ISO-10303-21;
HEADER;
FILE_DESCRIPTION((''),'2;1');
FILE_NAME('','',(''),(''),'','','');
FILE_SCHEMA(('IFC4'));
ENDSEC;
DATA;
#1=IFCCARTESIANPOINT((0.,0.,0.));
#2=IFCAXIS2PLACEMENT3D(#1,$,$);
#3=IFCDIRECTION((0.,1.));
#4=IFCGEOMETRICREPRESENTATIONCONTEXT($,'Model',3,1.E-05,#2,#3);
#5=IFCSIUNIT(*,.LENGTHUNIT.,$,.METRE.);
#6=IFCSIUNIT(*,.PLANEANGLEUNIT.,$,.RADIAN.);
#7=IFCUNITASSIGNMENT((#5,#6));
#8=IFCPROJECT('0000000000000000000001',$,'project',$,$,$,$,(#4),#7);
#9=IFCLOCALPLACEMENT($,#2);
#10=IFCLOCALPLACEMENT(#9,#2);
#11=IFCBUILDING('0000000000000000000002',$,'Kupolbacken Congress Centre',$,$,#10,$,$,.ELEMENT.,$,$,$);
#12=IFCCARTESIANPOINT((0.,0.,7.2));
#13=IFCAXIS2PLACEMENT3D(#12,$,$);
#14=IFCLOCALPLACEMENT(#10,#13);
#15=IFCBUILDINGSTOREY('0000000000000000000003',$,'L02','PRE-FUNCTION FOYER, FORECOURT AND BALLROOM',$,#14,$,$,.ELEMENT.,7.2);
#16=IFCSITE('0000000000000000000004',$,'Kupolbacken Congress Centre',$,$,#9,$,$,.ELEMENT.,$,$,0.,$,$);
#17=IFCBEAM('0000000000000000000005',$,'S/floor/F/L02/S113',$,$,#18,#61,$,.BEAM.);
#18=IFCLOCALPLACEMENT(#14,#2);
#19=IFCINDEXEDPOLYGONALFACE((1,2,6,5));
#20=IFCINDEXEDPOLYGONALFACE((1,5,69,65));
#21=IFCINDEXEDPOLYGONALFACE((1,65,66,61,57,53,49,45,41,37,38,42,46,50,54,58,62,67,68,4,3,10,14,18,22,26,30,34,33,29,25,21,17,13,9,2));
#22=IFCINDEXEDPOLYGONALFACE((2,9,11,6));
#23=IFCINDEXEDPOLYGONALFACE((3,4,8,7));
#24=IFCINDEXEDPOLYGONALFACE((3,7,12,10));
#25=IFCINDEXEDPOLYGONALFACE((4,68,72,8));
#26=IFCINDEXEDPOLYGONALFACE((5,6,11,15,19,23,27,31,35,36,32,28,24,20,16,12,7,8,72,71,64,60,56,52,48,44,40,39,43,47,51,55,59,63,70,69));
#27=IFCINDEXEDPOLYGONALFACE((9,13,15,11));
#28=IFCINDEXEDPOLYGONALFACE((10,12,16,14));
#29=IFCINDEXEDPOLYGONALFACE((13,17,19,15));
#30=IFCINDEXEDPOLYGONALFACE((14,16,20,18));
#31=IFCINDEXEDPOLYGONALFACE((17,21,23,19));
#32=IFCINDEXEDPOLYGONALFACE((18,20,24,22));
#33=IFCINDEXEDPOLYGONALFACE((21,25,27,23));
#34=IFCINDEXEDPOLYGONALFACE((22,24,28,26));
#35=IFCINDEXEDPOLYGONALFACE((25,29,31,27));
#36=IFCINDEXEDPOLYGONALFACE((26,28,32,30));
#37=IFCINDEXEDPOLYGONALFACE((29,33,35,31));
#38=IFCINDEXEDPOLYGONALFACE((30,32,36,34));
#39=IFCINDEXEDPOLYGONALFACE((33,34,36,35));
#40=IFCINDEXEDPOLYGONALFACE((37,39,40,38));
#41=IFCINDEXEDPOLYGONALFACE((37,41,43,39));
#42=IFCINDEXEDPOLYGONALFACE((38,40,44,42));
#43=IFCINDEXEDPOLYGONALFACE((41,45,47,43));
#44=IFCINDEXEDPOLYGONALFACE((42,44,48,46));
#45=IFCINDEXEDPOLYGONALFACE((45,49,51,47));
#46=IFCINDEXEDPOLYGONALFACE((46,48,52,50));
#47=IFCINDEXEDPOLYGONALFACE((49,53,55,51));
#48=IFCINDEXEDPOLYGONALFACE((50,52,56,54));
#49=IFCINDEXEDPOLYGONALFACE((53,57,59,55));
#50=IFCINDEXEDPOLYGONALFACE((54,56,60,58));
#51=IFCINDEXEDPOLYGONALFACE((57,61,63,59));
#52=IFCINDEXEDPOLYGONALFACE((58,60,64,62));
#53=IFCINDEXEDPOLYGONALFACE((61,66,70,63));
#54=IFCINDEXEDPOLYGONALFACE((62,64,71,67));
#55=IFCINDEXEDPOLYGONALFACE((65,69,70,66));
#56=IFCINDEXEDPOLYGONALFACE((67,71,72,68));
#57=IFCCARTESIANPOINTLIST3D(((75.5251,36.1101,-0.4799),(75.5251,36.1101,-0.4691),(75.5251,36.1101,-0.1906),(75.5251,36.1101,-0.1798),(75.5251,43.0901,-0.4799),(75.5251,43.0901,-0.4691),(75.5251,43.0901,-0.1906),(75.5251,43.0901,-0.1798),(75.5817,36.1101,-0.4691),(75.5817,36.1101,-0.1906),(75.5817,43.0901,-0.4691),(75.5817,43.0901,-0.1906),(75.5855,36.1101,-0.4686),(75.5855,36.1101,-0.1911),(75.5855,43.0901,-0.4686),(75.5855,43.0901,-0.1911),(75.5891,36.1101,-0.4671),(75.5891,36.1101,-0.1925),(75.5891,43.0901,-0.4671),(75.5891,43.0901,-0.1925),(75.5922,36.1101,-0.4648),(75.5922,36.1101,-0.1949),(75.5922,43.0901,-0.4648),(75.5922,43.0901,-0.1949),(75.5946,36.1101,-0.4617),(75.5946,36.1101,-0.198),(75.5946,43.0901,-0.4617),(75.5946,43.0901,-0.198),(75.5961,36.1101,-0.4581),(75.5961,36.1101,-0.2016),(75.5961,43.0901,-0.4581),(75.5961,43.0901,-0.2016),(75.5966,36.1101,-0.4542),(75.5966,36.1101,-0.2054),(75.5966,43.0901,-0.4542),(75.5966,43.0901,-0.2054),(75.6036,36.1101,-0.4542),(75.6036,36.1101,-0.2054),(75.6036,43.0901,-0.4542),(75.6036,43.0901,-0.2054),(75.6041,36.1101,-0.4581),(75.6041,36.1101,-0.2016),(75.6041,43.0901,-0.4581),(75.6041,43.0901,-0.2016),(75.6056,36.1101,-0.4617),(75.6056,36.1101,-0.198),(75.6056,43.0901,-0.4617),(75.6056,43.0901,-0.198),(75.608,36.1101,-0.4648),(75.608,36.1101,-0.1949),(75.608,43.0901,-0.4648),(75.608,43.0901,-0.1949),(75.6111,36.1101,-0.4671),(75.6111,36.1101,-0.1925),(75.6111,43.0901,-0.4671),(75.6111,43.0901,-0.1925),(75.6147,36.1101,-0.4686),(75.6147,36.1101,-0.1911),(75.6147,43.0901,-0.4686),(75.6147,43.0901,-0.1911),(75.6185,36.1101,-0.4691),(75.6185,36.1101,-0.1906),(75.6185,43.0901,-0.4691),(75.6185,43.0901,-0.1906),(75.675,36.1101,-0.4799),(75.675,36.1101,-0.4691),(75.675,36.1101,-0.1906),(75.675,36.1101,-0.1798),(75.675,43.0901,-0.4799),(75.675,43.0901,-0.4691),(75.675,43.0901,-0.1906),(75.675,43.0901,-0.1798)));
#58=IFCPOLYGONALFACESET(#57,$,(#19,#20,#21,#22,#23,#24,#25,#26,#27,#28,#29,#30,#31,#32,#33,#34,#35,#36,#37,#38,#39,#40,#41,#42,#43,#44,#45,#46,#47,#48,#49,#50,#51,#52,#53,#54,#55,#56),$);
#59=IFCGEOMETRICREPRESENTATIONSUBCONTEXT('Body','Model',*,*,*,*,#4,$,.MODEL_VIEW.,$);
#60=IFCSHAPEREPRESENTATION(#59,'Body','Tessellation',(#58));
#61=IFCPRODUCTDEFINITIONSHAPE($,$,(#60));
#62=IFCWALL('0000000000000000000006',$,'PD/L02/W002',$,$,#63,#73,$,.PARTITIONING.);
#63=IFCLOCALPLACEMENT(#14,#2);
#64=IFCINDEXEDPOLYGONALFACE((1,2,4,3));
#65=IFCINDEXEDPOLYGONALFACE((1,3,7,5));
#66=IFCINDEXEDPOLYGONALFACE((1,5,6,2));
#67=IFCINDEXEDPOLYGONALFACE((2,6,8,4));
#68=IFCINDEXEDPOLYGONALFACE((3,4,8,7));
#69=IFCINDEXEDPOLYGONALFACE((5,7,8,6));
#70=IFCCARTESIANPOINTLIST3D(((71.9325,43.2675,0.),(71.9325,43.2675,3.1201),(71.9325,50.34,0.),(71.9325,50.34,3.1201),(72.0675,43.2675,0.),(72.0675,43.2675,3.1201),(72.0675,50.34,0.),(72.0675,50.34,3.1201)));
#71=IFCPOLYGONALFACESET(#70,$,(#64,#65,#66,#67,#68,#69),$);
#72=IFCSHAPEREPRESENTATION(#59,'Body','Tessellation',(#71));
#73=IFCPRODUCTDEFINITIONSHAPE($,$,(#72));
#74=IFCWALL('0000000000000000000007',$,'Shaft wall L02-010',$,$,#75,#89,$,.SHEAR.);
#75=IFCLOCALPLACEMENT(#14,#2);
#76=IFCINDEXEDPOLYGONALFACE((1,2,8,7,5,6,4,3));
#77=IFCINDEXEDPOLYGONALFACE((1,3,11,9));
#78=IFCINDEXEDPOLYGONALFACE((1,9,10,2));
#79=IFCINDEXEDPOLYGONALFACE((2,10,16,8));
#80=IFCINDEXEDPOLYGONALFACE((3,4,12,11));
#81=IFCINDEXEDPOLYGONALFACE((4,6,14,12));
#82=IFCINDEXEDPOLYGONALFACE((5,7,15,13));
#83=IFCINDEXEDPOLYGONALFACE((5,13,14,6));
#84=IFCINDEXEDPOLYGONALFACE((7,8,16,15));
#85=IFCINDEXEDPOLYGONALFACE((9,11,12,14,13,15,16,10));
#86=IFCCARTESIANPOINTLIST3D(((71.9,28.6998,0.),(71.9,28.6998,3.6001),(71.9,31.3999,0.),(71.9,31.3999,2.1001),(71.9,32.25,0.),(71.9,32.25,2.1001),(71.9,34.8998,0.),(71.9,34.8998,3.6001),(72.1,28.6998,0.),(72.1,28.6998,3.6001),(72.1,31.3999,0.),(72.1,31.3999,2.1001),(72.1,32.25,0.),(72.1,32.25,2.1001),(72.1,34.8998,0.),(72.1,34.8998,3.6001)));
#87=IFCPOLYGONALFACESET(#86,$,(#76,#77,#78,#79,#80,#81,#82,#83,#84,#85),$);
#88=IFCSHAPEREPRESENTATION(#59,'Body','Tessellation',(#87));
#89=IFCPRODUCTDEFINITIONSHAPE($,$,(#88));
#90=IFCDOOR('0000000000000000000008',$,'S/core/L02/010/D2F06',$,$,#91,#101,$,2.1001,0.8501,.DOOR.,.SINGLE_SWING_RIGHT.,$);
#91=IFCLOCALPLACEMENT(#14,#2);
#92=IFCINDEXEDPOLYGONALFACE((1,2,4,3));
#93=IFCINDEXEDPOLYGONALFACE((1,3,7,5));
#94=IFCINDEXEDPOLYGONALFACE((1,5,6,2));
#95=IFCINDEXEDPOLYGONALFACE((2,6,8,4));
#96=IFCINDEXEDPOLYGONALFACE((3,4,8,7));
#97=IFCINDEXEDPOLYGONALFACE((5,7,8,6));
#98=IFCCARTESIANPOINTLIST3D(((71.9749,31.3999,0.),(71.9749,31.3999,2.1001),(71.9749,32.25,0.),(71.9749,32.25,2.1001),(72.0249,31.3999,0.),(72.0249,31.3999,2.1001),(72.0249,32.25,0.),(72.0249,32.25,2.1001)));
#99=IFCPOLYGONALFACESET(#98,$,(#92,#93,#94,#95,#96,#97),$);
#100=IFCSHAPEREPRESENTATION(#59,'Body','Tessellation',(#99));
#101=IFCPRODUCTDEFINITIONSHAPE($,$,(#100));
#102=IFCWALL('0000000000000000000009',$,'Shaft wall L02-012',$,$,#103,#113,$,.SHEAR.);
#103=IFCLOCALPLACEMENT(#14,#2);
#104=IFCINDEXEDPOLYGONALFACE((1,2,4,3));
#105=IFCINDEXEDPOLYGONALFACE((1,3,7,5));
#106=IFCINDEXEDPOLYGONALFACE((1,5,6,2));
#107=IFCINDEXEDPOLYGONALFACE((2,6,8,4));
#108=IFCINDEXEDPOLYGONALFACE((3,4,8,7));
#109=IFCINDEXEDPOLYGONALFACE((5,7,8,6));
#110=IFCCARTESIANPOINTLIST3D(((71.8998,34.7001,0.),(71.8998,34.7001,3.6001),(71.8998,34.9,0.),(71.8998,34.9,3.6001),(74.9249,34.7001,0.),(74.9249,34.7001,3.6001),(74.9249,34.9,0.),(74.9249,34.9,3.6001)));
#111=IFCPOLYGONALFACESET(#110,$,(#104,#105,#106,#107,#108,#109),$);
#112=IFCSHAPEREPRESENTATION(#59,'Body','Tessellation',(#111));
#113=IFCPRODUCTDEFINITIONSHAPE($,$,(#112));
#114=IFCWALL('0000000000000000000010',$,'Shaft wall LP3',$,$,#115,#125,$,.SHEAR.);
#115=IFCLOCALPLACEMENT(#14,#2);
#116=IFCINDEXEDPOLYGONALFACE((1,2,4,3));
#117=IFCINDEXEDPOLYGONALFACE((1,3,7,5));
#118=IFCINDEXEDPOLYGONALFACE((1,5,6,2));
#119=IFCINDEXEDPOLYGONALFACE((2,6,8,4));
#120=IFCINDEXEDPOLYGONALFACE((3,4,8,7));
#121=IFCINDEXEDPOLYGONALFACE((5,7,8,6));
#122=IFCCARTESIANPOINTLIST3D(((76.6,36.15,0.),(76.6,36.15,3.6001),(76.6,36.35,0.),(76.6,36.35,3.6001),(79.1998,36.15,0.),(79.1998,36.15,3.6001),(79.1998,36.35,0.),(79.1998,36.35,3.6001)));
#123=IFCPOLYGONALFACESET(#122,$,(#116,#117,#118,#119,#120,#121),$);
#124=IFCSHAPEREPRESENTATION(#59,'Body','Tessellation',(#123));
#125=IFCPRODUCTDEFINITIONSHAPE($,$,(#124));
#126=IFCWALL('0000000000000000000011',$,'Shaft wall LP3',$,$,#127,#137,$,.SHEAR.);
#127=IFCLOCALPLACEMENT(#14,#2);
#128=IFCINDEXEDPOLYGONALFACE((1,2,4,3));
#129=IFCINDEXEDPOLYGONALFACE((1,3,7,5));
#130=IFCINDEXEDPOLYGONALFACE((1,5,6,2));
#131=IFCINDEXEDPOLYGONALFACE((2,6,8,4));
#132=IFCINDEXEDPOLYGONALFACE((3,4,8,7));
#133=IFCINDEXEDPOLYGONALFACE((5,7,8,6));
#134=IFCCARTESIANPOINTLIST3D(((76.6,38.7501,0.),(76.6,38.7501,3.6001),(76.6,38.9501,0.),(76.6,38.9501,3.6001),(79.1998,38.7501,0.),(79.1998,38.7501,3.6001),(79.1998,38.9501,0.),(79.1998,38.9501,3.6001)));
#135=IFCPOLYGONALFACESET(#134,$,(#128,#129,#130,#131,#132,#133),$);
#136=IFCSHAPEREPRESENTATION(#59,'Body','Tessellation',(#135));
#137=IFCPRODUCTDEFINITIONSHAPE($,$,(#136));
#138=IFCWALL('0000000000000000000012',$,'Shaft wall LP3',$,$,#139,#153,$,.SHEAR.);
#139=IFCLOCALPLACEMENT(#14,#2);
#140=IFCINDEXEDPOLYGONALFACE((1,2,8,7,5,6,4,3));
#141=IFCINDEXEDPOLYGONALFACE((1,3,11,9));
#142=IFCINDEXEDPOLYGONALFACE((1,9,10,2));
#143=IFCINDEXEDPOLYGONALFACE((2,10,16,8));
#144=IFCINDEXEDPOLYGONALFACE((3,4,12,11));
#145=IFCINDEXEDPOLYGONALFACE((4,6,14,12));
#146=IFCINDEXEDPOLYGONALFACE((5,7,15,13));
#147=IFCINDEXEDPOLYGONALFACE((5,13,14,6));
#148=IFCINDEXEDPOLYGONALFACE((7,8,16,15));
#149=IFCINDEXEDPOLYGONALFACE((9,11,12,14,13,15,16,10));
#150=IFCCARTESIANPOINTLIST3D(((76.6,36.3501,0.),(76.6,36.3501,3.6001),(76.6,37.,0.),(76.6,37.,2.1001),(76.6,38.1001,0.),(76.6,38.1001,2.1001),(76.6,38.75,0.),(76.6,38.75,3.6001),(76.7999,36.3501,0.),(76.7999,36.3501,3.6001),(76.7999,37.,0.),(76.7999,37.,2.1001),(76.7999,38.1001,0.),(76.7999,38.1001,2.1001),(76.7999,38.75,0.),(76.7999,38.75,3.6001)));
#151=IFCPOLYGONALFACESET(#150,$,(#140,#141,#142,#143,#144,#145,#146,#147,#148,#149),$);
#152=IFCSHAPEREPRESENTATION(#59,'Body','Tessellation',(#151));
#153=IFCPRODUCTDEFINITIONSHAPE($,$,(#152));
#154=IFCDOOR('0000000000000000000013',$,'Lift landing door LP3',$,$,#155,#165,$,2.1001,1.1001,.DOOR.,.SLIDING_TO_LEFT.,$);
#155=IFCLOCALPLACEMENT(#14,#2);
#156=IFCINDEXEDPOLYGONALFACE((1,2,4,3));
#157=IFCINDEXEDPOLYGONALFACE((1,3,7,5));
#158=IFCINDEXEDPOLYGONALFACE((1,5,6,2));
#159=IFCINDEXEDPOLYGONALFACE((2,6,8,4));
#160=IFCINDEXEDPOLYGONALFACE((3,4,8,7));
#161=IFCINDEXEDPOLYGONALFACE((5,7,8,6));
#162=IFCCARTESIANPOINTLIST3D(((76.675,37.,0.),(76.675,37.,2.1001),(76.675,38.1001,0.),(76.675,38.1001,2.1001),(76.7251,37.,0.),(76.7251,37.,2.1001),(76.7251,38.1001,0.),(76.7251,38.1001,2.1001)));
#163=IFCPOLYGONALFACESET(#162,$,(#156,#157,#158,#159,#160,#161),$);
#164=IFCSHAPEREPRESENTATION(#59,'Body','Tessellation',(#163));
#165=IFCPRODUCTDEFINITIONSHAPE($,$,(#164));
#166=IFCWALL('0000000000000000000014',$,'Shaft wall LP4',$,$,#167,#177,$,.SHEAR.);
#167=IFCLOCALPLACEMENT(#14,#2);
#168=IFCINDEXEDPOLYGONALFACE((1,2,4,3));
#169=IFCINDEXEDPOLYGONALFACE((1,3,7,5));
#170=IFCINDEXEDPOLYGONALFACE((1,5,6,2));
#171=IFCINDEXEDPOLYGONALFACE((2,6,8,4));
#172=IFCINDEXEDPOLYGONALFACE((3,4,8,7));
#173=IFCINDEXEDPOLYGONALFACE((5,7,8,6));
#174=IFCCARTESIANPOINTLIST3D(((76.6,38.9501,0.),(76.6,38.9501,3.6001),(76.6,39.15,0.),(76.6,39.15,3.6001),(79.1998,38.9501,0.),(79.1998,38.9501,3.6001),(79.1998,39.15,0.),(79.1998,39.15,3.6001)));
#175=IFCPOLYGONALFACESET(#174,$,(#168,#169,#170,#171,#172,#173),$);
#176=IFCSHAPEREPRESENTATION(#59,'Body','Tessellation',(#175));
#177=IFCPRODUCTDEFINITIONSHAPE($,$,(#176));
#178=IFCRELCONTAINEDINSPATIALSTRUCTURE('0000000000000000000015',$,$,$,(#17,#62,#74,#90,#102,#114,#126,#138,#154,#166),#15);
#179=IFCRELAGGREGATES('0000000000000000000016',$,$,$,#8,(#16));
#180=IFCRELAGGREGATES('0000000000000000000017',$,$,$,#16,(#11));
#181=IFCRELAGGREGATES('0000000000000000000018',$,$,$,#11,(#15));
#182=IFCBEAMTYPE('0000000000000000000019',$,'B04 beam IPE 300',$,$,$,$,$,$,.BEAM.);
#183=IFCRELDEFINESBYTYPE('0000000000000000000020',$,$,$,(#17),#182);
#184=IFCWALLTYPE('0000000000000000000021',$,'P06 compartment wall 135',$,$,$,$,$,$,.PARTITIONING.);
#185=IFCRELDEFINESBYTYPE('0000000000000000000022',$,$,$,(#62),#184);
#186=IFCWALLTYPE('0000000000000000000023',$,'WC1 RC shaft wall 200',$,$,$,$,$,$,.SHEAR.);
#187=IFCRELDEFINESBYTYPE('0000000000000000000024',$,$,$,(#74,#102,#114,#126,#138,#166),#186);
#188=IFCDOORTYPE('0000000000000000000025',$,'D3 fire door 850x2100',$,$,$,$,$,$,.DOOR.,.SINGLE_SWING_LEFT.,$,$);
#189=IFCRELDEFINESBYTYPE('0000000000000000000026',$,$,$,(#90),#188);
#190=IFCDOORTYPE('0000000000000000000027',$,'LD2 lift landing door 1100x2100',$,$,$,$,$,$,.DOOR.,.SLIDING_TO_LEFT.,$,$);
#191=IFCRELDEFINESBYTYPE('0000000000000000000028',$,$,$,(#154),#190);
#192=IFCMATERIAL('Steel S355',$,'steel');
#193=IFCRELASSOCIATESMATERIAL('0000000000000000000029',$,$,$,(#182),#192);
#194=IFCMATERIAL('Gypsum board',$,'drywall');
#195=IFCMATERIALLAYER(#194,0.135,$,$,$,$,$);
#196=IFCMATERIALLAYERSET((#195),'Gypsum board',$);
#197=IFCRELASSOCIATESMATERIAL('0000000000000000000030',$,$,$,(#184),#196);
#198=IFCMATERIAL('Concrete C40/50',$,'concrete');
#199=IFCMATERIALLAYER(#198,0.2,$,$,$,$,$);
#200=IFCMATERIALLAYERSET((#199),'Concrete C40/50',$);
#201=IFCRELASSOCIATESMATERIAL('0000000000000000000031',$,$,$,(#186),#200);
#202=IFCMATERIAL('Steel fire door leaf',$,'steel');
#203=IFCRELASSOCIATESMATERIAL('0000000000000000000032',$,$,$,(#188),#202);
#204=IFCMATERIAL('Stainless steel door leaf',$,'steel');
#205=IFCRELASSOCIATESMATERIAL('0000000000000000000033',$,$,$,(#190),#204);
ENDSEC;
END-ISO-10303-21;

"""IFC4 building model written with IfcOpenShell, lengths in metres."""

from ifc_helpers import new_model, si_unit, direction, frame, frame_2d, origin, origin_2d, place, context, subcontext, project, spatial, rectangle, i_section, extrude, material, layer, layer_set, material_profile, profile_set, type_object, element, fill, save


model = new_model("IFC4")

# Units and contexts
model_context = context("Model", 3, precision=1e-05, world=origin(), true_north=direction((0.0, 1.0)))
body_context = subcontext(model_context, "Body", "Model", "MODEL_VIEW")
ifc_project = project(units=[si_unit("LENGTHUNIT", "METRE"), si_unit("PLANEANGLEUNIT", "RADIAN")], contexts=[model_context])

# Site, building, storey
site_placement = place(None, origin())
site = spatial("IfcSite", under=ifc_project, at=site_placement, Name="Kupolbacken Congress Centre", CompositionType="ELEMENT", RefElevation=0.0)
building_placement = place(site_placement, origin())
building = spatial("IfcBuilding", under=site, at=building_placement, Name="Kupolbacken Congress Centre", CompositionType="ELEMENT")
storey_placement = place(building_placement, frame((0.0, 0.0, 7.2)))
storey = spatial("IfcBuildingStorey", under=building, at=storey_placement, Name="L02", Description="PRE-FUNCTION FOYER, FORECOURT AND BALLROOM", CompositionType="ELEMENT", Elevation=7.2)

# Beam
ifc_material_1 = material(Name="Steel S355", Category="steel")
ifc_material_profile_1 = material_profile(ifc_material_1, i_section(OverallWidth=0.1499, OverallDepth=0.3, WebThickness=0.0071, FlangeThickness=0.0107, FilletRadius=0.0149, at=origin_2d()), Name="IPE 300")
ifc_profile_set_1 = profile_set([ifc_material_profile_1], Name="Steel S355")
beam_type_1 = type_object("IfcBeamType", Name="B04 beam IPE 300", PredefinedType="BEAM", material=ifc_profile_set_1)
beam_1_placement = place(storey_placement, frame((75.6001, 36.1101, -0.3298), z_axis=(0.0, 1.0, 0.0), x_axis=(-1.0, 0.0, 0.0)))
element("IfcBeam", 1, at=beam_1_placement, inside=storey, type_object=beam_type_1, Name="S/floor/F/L02/S113", PredefinedType="BEAM", context=body_context, shape_type="SweptSolid", body=[
    extrude(i_section(OverallWidth=0.1499, OverallDepth=0.3, WebThickness=0.0071, FlangeThickness=0.0107, FilletRadius=0.0149, at=origin_2d()), origin(), (0.0, 0.0, 1.0), 6.98),
])

# Wall
ifc_material_2 = material(Name="Gypsum board", Category="drywall")
ifc_layer_1 = layer(ifc_material_2, 0.135)
ifc_layer_set_1 = layer_set([ifc_layer_1], Name="Gypsum board")
wall_type_1 = type_object("IfcWallType", Name="P06 compartment wall 135", PredefinedType="PARTITIONING", material=ifc_layer_set_1)
wall_1_placement = place(storey_placement, frame((72.0, 43.2676, 0.0), z_axis=(0.0, 0.0, 1.0), x_axis=(0.0, 1.0, 0.0)))
element("IfcWall", 2, at=wall_1_placement, inside=storey, type_object=wall_type_1, Name="PD/L02/W002", PredefinedType="PARTITIONING", context=body_context, shape_type="SweptSolid", body=[
    extrude(rectangle(XDim=7.0725, YDim=0.135, at=frame_2d((3.5361, 0.0))), origin(), (0.0, 0.0, 1.0), 3.1201),
])

# Wall, opening, door
ifc_material_3 = material(Name="Concrete C40/50", Category="concrete")
ifc_layer_2 = layer(ifc_material_3, 0.2)
ifc_layer_set_2 = layer_set([ifc_layer_2], Name="Concrete C40/50")
wall_type_2 = type_object("IfcWallType", Name="WC1 RC shaft wall 200", PredefinedType="SHEAR", material=ifc_layer_set_2)
wall_2_placement = place(storey_placement, frame((72.0, 34.8999, 0.0), z_axis=(0.0, 0.0, 1.0), x_axis=(0.0, -1.0, 0.0)))
wall_2 = element("IfcWall", 3, at=wall_2_placement, inside=storey, type_object=wall_type_2, Name="Shaft wall L02-010", PredefinedType="SHEAR", context=body_context, shape_type="SweptSolid", body=[
    extrude(rectangle(XDim=6.2, YDim=0.2, at=frame_2d((3.1001, 0.0))), origin(), (0.0, 0.0, 1.0), 3.6001),
])
opening_1_placement = place(wall_2_placement, frame((2.6499, 0.0, 0.0)))
opening_1 = element("IfcOpeningElement", 4, at=opening_1_placement, cuts=wall_2, PredefinedType="OPENING", context=body_context, shape_type="SweptSolid", body=[
    extrude(rectangle(XDim=0.8501, YDim=2.1001, at=frame_2d((0.425, 1.05))), frame((0.0, 0.1099, 0.0), z_axis=(0.0, -1.0, 0.0), x_axis=(1.0, 0.0, 0.0)), (0.0, 0.0, 1.0), 0.22),
])
ifc_material_4 = material(Name="Steel fire door leaf", Category="steel")
door_type_1 = type_object("IfcDoorType", Name="D3 fire door 850x2100", OperationType="SINGLE_SWING_LEFT", PredefinedType="DOOR", material=ifc_material_4)
door_1_placement = place(opening_1_placement, origin())
door_1 = element("IfcDoor", 5, at=door_1_placement, inside=storey, type_object=door_type_1, Name="S/core/L02/010/D2F06", OperationType="SINGLE_SWING_RIGHT", OverallHeight=2.1001, OverallWidth=0.8501, PredefinedType="DOOR", context=body_context, shape_type="SweptSolid", body=[
    extrude(rectangle(XDim=0.8501, YDim=2.1001, at=frame_2d((0.425, 1.05))), frame((0.0, 0.0249, 0.0), z_axis=(0.0, -1.0, 0.0), x_axis=(1.0, 0.0, 0.0)), (0.0, 0.0, 1.0), 0.05),
])
fill(opening_1, door_1)

# Walls
wall_3_placement = place(storey_placement, frame((74.925, 34.8, 0.0), z_axis=(0.0, 0.0, 1.0), x_axis=(-1.0, 0.0, 0.0)))
element("IfcWall", 6, at=wall_3_placement, inside=storey, type_object=wall_type_2, Name="Shaft wall L02-012", PredefinedType="SHEAR", context=body_context, shape_type="SweptSolid", body=[
    extrude(rectangle(XDim=3.0251, YDim=0.2, at=frame_2d((1.5127, 0.0))), origin(), (0.0, 0.0, 1.0), 3.6001),
])
for number, where, z_axis, x_axis, name in (
    (7, (76.6001, 36.25, 0.0), (0.0, 0.0, 1.0), (1.0, 0.0, 0.0), "Shaft wall LP3"),
    (8, (76.6001, 38.8501, 0.0), (0.0, 0.0, 1.0), (1.0, 0.0, 0.0), "Shaft wall LP3"),
):
    element("IfcWall", number, at=place(storey_placement, frame(where, z_axis=z_axis, x_axis=x_axis)), inside=storey, type_object=wall_type_2, Name=name, PredefinedType="SHEAR", context=body_context, shape_type="SweptSolid", body=[
        extrude(rectangle(XDim=2.5999, YDim=0.2, at=frame_2d((1.2998, 0.0))), origin(), (0.0, 0.0, 1.0), 3.6001),
    ])

# Wall, opening, door
wall_4_placement = place(storey_placement, frame((76.7, 36.3501, 0.0), z_axis=(0.0, 0.0, 1.0), x_axis=(0.0, 1.0, 0.0)))
wall_4 = element("IfcWall", 9, at=wall_4_placement, inside=storey, type_object=wall_type_2, Name="Shaft wall LP3", PredefinedType="SHEAR", context=body_context, shape_type="SweptSolid", body=[
    extrude(rectangle(XDim=2.3999, YDim=0.2, at=frame_2d((1.2, 0.0))), origin(), (0.0, 0.0, 1.0), 3.6001),
])
opening_2_placement = place(wall_4_placement, frame((0.6499, 0.0, 0.0)))
opening_2 = element("IfcOpeningElement", 10, at=opening_2_placement, cuts=wall_4, PredefinedType="OPENING", context=body_context, shape_type="SweptSolid", body=[
    extrude(rectangle(XDim=1.1001, YDim=2.1001, at=frame_2d((0.55, 1.05))), frame((0.0, 0.1099, 0.0), z_axis=(0.0, -1.0, 0.0), x_axis=(1.0, 0.0, 0.0)), (0.0, 0.0, 1.0), 0.22),
])
ifc_material_5 = material(Name="Stainless steel door leaf", Category="steel")
door_type_2 = type_object("IfcDoorType", Name="LD2 lift landing door 1100x2100", OperationType="SLIDING_TO_LEFT", PredefinedType="DOOR", material=ifc_material_5)
door_2_placement = place(opening_2_placement, origin())
door_2 = element("IfcDoor", 11, at=door_2_placement, inside=storey, type_object=door_type_2, Name="Lift landing door LP3", OperationType="SLIDING_TO_LEFT", OverallHeight=2.1001, OverallWidth=1.1001, PredefinedType="DOOR", context=body_context, shape_type="SweptSolid", body=[
    extrude(rectangle(XDim=1.1001, YDim=2.1001, at=frame_2d((0.55, 1.05))), frame((0.0, 0.0249, 0.0), z_axis=(0.0, -1.0, 0.0), x_axis=(1.0, 0.0, 0.0)), (0.0, 0.0, 1.0), 0.05),
])
fill(opening_2, door_2)

# Wall
for number, where, z_axis, x_axis, name in (
    (12, (76.6001, 39.05, 0.0), (0.0, 0.0, 1.0), (1.0, 0.0, 0.0), "Shaft wall LP4"),
):
    element("IfcWall", number, at=place(storey_placement, frame(where, z_axis=z_axis, x_axis=x_axis)), inside=storey, type_object=wall_type_2, Name=name, PredefinedType="SHEAR", context=body_context, shape_type="SweptSolid", body=[
        extrude(rectangle(XDim=2.5999, YDim=0.2, at=frame_2d((1.2998, 0.0))), origin(), (0.0, 0.0, 1.0), 3.6001),
    ])

save(model, "model.ifc")
